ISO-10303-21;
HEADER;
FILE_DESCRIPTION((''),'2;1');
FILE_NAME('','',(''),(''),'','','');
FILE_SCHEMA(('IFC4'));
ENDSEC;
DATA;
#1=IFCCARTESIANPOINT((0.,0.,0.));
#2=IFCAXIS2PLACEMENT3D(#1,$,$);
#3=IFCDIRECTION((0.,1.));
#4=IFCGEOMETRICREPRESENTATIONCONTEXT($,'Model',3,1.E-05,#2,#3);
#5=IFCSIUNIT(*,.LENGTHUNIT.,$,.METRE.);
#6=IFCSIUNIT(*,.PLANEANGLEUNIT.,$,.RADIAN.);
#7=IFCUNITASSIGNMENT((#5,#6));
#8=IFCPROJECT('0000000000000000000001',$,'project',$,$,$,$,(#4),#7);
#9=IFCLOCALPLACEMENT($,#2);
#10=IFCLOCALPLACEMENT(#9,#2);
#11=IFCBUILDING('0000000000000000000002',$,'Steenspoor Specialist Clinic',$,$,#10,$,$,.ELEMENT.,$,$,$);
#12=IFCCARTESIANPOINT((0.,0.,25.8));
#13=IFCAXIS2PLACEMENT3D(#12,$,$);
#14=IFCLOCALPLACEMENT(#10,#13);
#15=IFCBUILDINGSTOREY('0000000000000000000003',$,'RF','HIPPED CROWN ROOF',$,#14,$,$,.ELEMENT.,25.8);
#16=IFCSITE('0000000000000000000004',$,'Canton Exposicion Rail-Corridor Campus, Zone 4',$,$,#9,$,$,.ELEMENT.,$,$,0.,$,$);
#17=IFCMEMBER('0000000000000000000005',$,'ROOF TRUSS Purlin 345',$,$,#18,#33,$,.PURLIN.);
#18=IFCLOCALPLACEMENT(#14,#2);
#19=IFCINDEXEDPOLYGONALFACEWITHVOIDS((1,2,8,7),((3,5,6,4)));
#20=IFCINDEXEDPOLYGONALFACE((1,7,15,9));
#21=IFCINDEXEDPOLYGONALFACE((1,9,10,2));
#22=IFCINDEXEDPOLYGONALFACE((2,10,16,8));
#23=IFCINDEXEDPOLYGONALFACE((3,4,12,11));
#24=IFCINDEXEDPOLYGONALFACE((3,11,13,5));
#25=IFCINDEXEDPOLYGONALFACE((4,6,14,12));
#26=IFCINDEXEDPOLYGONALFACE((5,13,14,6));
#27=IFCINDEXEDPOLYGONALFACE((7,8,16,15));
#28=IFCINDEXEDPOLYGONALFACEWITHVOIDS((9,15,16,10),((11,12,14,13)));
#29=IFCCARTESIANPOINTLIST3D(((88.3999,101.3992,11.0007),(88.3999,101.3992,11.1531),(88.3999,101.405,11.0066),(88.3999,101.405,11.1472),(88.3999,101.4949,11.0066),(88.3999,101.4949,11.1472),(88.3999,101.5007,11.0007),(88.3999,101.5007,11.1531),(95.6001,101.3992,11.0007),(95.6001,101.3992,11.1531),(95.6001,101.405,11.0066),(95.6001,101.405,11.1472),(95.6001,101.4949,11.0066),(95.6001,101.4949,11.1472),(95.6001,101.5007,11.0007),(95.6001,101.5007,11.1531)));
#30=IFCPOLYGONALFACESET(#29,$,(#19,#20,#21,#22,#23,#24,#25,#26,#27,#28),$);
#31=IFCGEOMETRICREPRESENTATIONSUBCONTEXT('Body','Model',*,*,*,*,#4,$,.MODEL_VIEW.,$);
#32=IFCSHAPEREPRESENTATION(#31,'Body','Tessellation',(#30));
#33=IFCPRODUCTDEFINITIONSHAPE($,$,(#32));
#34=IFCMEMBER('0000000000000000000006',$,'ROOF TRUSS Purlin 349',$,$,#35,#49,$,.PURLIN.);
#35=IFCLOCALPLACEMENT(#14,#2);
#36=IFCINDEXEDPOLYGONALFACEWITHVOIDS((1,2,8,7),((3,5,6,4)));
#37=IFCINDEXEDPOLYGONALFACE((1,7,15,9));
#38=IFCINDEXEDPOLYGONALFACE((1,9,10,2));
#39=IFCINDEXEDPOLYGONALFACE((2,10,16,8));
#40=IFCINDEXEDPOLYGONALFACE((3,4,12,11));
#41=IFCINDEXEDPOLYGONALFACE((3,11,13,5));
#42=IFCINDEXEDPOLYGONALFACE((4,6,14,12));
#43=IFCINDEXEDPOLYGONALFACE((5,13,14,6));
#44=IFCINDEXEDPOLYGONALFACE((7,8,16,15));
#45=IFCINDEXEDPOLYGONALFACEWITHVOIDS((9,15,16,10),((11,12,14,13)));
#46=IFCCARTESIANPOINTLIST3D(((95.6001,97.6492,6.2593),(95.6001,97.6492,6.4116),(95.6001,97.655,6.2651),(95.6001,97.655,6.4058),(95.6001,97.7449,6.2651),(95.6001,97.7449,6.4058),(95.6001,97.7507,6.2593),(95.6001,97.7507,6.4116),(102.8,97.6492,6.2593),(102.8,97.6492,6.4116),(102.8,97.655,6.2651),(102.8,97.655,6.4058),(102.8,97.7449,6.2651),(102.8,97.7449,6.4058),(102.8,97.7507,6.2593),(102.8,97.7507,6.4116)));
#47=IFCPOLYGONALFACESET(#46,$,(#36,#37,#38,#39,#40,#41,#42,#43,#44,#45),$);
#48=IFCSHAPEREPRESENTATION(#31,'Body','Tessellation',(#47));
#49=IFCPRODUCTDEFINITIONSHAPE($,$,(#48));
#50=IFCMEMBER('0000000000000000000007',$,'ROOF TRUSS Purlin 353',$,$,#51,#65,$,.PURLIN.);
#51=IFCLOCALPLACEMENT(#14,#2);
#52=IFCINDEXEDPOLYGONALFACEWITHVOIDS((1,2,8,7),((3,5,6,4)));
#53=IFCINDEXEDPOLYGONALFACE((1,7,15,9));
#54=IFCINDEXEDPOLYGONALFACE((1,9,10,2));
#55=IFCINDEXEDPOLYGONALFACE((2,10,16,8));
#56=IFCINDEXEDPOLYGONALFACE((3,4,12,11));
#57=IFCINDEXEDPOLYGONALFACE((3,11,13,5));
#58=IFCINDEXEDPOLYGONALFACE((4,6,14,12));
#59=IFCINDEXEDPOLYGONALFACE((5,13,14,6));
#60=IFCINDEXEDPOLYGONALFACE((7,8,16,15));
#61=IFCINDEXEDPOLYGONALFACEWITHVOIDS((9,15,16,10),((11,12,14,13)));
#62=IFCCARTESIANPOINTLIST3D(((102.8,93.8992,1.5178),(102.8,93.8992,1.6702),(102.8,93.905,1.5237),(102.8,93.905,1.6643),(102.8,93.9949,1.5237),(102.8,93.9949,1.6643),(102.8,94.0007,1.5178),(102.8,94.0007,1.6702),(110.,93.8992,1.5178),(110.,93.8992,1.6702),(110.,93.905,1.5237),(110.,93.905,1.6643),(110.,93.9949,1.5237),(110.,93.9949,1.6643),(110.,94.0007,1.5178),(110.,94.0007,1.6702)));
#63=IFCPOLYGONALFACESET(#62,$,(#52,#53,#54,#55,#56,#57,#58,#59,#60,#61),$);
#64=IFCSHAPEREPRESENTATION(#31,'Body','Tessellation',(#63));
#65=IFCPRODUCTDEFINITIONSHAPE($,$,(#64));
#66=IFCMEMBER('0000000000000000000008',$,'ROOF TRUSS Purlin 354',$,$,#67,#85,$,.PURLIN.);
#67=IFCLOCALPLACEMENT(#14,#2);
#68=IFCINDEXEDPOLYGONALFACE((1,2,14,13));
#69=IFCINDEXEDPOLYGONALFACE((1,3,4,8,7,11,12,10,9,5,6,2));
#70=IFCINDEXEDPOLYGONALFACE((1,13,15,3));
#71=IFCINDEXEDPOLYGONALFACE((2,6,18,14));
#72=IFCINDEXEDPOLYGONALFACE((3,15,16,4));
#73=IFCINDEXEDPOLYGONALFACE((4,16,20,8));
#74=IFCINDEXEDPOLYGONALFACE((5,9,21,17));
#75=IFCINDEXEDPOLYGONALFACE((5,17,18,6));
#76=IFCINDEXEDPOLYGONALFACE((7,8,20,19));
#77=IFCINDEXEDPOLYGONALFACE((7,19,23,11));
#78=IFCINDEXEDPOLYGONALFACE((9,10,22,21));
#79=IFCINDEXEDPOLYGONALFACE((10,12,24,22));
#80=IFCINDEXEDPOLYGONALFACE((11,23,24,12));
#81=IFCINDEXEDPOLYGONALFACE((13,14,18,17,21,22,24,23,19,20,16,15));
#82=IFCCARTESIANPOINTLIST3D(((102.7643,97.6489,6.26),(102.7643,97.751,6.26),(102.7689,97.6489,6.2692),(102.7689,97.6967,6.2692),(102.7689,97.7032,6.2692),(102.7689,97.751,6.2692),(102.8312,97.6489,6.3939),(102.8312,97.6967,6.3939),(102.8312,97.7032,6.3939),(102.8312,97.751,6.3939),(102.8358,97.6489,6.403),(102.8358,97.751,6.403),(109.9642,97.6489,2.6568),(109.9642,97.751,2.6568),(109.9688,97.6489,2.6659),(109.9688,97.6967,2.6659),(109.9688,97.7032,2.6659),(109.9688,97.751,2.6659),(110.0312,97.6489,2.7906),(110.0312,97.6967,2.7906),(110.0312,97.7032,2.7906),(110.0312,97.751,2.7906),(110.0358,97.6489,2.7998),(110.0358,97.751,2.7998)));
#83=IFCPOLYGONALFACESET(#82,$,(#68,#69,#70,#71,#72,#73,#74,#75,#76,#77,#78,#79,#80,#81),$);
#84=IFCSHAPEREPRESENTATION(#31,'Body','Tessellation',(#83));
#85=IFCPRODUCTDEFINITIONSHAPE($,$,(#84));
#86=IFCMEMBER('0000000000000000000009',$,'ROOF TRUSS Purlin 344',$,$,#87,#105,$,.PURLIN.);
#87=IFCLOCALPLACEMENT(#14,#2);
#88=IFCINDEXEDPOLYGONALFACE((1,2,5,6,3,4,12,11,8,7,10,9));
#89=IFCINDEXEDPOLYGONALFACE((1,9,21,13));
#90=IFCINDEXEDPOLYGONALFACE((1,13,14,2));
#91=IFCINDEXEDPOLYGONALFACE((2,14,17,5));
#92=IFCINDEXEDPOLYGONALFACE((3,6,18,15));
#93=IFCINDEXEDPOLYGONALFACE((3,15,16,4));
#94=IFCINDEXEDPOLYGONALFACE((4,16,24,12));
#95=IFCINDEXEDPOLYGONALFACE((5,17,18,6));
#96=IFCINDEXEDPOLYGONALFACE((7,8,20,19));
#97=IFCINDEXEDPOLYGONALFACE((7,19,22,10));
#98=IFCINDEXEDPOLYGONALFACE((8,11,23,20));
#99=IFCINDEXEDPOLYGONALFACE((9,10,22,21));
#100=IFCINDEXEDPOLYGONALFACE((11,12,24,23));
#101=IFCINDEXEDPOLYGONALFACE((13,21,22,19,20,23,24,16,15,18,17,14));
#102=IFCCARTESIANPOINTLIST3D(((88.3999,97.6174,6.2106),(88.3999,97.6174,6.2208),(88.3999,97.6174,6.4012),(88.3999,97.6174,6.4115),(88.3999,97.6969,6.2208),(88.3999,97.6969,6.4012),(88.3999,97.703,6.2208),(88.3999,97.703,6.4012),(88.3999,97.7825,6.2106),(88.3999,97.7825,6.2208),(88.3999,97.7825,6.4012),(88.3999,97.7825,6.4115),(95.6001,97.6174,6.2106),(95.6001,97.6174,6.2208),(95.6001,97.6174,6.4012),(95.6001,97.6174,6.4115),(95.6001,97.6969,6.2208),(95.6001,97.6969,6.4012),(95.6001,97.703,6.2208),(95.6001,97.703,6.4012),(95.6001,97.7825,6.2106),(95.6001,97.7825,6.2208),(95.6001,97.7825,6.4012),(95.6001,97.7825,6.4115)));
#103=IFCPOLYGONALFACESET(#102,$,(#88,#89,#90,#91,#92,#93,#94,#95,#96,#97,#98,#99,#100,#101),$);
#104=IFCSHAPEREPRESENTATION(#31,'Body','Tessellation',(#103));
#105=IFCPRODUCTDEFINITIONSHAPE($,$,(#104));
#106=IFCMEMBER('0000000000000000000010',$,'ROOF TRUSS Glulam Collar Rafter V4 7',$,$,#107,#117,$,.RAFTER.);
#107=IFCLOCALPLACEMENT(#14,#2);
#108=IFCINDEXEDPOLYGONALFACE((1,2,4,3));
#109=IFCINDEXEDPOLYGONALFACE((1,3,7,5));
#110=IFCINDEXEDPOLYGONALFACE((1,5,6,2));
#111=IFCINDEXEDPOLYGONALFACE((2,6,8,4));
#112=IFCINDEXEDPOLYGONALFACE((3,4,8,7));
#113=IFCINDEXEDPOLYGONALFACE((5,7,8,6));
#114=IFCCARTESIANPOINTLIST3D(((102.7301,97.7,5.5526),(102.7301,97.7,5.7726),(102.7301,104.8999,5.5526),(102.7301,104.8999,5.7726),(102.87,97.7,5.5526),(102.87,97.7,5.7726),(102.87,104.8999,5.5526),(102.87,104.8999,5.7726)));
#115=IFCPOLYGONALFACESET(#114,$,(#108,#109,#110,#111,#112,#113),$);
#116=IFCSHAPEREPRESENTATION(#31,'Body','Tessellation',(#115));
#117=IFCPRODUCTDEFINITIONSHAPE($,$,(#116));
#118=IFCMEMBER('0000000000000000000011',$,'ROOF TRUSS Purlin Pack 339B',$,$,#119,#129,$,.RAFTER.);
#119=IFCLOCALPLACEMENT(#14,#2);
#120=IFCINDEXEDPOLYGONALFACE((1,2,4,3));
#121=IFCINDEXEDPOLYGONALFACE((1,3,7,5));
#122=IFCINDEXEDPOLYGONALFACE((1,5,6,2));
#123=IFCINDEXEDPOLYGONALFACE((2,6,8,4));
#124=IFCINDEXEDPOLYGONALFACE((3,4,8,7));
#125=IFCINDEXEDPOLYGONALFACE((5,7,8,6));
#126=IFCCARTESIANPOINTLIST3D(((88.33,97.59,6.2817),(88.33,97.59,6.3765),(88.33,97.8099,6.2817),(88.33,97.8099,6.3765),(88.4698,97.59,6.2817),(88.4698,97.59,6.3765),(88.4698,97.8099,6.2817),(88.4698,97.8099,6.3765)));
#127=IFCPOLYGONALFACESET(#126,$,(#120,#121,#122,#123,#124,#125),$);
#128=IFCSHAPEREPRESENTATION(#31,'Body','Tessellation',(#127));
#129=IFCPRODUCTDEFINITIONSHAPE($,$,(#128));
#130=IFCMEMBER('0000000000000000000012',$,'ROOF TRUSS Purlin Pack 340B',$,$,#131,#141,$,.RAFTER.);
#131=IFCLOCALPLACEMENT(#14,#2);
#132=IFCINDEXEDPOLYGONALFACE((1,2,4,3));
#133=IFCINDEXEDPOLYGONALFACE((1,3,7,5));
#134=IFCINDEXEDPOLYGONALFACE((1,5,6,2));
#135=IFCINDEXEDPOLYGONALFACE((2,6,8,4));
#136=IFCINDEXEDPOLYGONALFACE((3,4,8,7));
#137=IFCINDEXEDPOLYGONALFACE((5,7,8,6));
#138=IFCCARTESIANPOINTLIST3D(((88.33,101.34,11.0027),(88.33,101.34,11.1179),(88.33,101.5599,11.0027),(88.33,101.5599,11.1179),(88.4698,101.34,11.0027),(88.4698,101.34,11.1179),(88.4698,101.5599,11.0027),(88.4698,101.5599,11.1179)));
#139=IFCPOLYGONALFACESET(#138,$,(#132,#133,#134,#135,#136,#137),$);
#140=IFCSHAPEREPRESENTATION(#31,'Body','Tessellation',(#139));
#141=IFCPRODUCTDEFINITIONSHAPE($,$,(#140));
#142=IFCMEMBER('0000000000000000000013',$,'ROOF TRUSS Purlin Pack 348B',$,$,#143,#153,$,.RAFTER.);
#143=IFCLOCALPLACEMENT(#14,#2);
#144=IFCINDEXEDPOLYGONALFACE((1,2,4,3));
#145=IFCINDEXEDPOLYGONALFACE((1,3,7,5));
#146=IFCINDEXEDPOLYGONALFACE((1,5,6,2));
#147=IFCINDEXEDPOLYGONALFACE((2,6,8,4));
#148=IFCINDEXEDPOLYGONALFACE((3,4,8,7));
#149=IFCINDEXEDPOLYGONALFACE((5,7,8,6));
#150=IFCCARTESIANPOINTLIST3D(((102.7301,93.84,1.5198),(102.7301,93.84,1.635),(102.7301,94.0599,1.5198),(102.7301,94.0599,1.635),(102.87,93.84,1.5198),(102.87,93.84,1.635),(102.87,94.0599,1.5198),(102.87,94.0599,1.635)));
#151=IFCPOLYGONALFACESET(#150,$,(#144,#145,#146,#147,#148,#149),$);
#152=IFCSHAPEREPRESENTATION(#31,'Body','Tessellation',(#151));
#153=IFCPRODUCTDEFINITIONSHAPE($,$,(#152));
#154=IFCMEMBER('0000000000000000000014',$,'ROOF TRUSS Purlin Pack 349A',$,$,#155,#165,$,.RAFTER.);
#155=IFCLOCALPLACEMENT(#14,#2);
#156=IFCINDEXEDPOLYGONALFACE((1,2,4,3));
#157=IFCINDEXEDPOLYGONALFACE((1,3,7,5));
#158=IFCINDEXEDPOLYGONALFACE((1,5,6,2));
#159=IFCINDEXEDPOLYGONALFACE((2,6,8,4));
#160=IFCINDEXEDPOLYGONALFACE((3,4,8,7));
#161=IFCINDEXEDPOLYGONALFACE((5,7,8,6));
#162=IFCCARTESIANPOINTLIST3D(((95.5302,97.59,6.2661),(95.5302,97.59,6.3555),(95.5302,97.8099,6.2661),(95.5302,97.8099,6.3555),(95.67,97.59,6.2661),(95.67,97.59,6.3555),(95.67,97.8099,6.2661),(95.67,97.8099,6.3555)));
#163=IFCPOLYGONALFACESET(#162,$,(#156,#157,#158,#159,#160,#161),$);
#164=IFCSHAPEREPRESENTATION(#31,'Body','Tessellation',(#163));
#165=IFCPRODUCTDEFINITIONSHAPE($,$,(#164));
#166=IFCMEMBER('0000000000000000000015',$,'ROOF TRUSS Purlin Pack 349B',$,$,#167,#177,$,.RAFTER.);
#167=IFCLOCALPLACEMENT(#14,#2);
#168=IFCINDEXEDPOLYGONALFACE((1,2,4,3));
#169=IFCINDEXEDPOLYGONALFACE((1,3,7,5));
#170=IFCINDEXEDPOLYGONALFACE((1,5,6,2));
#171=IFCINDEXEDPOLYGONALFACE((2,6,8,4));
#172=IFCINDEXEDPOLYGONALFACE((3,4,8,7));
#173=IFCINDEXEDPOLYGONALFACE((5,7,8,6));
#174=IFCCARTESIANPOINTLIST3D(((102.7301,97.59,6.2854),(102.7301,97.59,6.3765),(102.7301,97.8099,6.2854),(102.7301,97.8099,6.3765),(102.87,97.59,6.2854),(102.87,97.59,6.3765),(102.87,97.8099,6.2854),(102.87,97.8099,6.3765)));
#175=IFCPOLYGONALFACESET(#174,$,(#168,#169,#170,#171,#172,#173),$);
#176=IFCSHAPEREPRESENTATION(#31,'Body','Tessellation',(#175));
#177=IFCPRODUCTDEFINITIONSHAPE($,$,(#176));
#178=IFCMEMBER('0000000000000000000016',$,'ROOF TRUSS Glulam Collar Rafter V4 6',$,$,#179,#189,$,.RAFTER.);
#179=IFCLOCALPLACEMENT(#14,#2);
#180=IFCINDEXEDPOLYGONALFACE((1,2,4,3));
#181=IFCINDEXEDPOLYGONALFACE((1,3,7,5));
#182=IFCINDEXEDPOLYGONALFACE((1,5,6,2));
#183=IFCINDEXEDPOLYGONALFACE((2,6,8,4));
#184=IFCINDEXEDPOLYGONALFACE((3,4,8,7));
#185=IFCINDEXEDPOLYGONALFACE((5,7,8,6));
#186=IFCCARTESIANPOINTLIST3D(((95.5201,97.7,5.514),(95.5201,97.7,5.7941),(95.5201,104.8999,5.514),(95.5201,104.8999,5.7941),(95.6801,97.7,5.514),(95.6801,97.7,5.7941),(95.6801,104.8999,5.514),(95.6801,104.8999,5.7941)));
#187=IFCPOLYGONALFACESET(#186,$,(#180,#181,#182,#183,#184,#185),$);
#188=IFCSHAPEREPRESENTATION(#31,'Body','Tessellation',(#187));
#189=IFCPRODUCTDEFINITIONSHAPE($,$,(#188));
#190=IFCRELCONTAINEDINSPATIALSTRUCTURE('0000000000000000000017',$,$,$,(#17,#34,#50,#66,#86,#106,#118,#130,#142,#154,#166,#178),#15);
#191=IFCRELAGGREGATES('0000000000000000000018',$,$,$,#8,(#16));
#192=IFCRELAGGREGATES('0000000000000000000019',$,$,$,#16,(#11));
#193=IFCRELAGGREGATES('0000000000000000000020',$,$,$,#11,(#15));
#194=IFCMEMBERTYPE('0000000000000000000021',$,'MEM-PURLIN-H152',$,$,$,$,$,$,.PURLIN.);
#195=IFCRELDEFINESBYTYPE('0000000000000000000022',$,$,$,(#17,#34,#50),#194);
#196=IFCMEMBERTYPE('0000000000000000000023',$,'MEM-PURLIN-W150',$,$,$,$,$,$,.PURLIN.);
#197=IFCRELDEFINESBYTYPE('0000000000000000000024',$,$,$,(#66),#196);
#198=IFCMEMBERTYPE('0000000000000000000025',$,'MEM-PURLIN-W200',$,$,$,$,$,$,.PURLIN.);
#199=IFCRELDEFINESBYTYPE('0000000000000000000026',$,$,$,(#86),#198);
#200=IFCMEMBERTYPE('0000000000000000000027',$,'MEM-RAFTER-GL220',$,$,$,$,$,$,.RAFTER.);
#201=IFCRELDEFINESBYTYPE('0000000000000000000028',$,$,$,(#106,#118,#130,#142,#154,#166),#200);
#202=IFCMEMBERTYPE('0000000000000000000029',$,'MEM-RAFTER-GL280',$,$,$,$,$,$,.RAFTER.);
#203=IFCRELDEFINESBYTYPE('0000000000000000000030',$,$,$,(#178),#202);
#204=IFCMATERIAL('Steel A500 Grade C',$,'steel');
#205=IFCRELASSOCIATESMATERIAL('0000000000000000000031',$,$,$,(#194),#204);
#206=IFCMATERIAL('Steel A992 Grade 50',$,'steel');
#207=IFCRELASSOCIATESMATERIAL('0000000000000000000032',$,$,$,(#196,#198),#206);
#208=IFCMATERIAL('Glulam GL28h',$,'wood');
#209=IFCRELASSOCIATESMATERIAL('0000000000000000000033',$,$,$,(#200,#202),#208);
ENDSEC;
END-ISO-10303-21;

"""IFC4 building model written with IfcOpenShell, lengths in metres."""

from ifc_helpers import new_model, si_unit, direction, frame, origin, origin_2d, place, context, subcontext, project, spatial, rectangle, hollow_rectangle, i_section, extrude, material, material_profile, profile_set, type_object, element, save


model = new_model("IFC4")

# Units and contexts
model_context = context("Model", 3, precision=1e-05, world=origin(), true_north=direction((0.0, 1.0)))
body_context = subcontext(model_context, "Body", "Model", "MODEL_VIEW")
ifc_project = project(units=[si_unit("LENGTHUNIT", "METRE"), si_unit("PLANEANGLEUNIT", "RADIAN")], contexts=[model_context])

# Site, building, storey
site_placement = place(None, origin())
site = spatial("IfcSite", under=ifc_project, at=site_placement, Name="Canton Exposicion Rail-Corridor Campus, Zone 4", CompositionType="ELEMENT", RefElevation=0.0)
building_placement = place(site_placement, origin())
building = spatial("IfcBuilding", under=site, at=building_placement, Name="Steenspoor Specialist Clinic", CompositionType="ELEMENT")
storey_placement = place(building_placement, frame((0.0, 0.0, 25.8)))
storey = spatial("IfcBuildingStorey", under=building, at=storey_placement, Name="RF", Description="HIPPED CROWN ROOF", CompositionType="ELEMENT", Elevation=25.8)

# Members
ifc_material_1 = material(Name="Steel A500 Grade C", Category="steel")
ifc_material_2 = material(Name="Steel A992 Grade 50", Category="steel")
ifc_material_profile_1 = material_profile(ifc_material_1, hollow_rectangle(XDim=0.1016, YDim=0.1523, WallThickness=0.0059, at=origin_2d()), Name="HSS152X102X6.4")
ifc_profile_set_1 = profile_set([ifc_material_profile_1], Name="Steel A500 Grade C")
member_type_1 = type_object("IfcMemberType", Name="MEM-PURLIN-H152", PredefinedType="PURLIN", material=ifc_profile_set_1)
member_1_placement = place(storey_placement, frame((88.3999, 101.45, 11.0769), z_axis=(1.0, 0.0, 0.0), x_axis=(0.0, 1.0, 0.0)))
element("IfcMember", 1, at=member_1_placement, inside=storey, type_object=member_type_1, Name="ROOF TRUSS Purlin 345", PredefinedType="PURLIN", context=body_context, shape_type="SweptSolid", body=[
    extrude(hollow_rectangle(XDim=0.1016, YDim=0.1523, WallThickness=0.0059, at=origin_2d()), origin(), (0.0, 0.0, 1.0), 7.2002),
])
for number, where, z_axis, x_axis, name in (
    (2, (95.6001, 97.7, 6.3354), (1.0, 0.0, 0.0), (0.0, 1.0, 0.0), "ROOF TRUSS Purlin 349"),
    (3, (102.8, 93.95, 1.594), (1.0, 0.0, 0.0), (0.0, 1.0, 0.0), "ROOF TRUSS Purlin 353"),
):
    element("IfcMember", number, at=place(storey_placement, frame(where, z_axis=z_axis, x_axis=x_axis)), inside=storey, type_object=member_type_1, Name=name, PredefinedType="PURLIN", context=body_context, shape_type="SweptSolid", body=[
        extrude(hollow_rectangle(XDim=0.1016, YDim=0.1523, WallThickness=0.0059, at=origin_2d()), origin(), (0.0, 0.0, 1.0), 7.2),
    ])
ifc_material_profile_2 = material_profile(ifc_material_2, i_section(OverallWidth=0.1021, OverallDepth=0.1599, WebThickness=0.0066, FlangeThickness=0.0103, at=origin_2d()), Name="W150X24")
ifc_profile_set_2 = profile_set([ifc_material_profile_2], Name="Steel A992 Grade 50")
member_type_2 = type_object("IfcMemberType", Name="MEM-PURLIN-W150", PredefinedType="PURLIN", material=ifc_profile_set_2)
member_2_placement = place(storey_placement, frame((102.8, 97.7, 6.3315), z_axis=(0.894263, 0.0, -0.447541), x_axis=(0.0, 1.0, 0.0)))
element("IfcMember", 4, at=member_2_placement, inside=storey, type_object=member_type_2, Name="ROOF TRUSS Purlin 354", PredefinedType="PURLIN", context=body_context, shape_type="SweptSolid", body=[
    extrude(i_section(OverallWidth=0.1021, OverallDepth=0.1599, WebThickness=0.0066, FlangeThickness=0.0103, at=origin_2d()), origin(), (0.0, 0.0, 1.0), 8.0513),
])
ifc_material_profile_3 = material_profile(ifc_material_2, i_section(OverallWidth=0.165, OverallDepth=0.2009, WebThickness=0.0061, FlangeThickness=0.0103, at=origin_2d()), Name="W200X36")
ifc_profile_set_3 = profile_set([ifc_material_profile_3], Name="Steel A992 Grade 50")
member_type_3 = type_object("IfcMemberType", Name="MEM-PURLIN-W200", PredefinedType="PURLIN", material=ifc_profile_set_3)
member_3_placement = place(storey_placement, frame((88.3999, 97.7, 6.311), z_axis=(1.0, 0.0, 0.0), x_axis=(0.0, 1.0, 0.0)))
element("IfcMember", 5, at=member_3_placement, inside=storey, type_object=member_type_3, Name="ROOF TRUSS Purlin 344", PredefinedType="PURLIN", context=body_context, shape_type="SweptSolid", body=[
    extrude(i_section(OverallWidth=0.165, OverallDepth=0.2009, WebThickness=0.0061, FlangeThickness=0.0103, at=origin_2d()), origin(), (0.0, 0.0, 1.0), 7.2002),
])
ifc_material_3 = material(Name="Glulam GL28h", Category="wood")
ifc_material_profile_4 = material_profile(ifc_material_3, rectangle(XDim=0.1399, YDim=0.22, at=origin_2d()), Name="GL28H-140X220")
ifc_profile_set_4 = profile_set([ifc_material_profile_4], Name="Glulam GL28h")
member_type_4 = type_object("IfcMemberType", Name="MEM-RAFTER-GL220", PredefinedType="RAFTER", material=ifc_profile_set_4)
member_4_placement = place(storey_placement, frame((102.8, 97.7, 5.6626), z_axis=(0.0, 1.0, 0.0), x_axis=(-1.0, 0.0, 0.0)))
element("IfcMember", 6, at=member_4_placement, inside=storey, type_object=member_type_4, Name="ROOF TRUSS Glulam Collar Rafter V4 7", PredefinedType="RAFTER", context=body_context, shape_type="SweptSolid", body=[
    extrude(rectangle(XDim=0.1399, YDim=0.22, at=origin_2d()), origin(), (0.0, 0.0, 1.0), 7.2),
])
member_5_placement = place(storey_placement, frame((88.3999, 97.7, 6.2817), z_axis=(0.0, 0.0, 1.0), x_axis=(1.0, 0.0, 0.0)))
element("IfcMember", 7, at=member_5_placement, inside=storey, type_object=member_type_4, Name="ROOF TRUSS Purlin Pack 339B", PredefinedType="RAFTER", context=body_context, shape_type="SweptSolid", body=[
    extrude(rectangle(XDim=0.1399, YDim=0.22, at=origin_2d()), origin(), (0.0, 0.0, 1.0), 0.0947),
])
for number, where, z_axis, x_axis, name in (
    (8, (88.3999, 101.45, 11.0027), (0.0, 0.0, 1.0), (1.0, 0.0, 0.0), "ROOF TRUSS Purlin Pack 340B"),
    (9, (102.8, 93.95, 1.5198), (0.0, 0.0, 1.0), (1.0, 0.0, 0.0), "ROOF TRUSS Purlin Pack 348B"),
):
    element("IfcMember", number, at=place(storey_placement, frame(where, z_axis=z_axis, x_axis=x_axis)), inside=storey, type_object=member_type_4, Name=name, PredefinedType="RAFTER", context=body_context, shape_type="SweptSolid", body=[
        extrude(rectangle(XDim=0.1399, YDim=0.22, at=origin_2d()), origin(), (0.0, 0.0, 1.0), 0.1152),
    ])
member_6_placement = place(storey_placement, frame((95.6001, 97.7, 6.2661), z_axis=(0.0, 0.0, 1.0), x_axis=(1.0, 0.0, 0.0)))
element("IfcMember", 10, at=member_6_placement, inside=storey, type_object=member_type_4, Name="ROOF TRUSS Purlin Pack 349A", PredefinedType="RAFTER", context=body_context, shape_type="SweptSolid", body=[
    extrude(rectangle(XDim=0.1399, YDim=0.22, at=origin_2d()), origin(), (0.0, 0.0, 1.0), 0.0894),
])
member_7_placement = place(storey_placement, frame((102.8, 97.7, 6.2854), z_axis=(0.0, 0.0, 1.0), x_axis=(1.0, 0.0, 0.0)))
element("IfcMember", 11, at=member_7_placement, inside=storey, type_object=member_type_4, Name="ROOF TRUSS Purlin Pack 349B", PredefinedType="RAFTER", context=body_context, shape_type="SweptSolid", body=[
    extrude(rectangle(XDim=0.1399, YDim=0.22, at=origin_2d()), origin(), (0.0, 0.0, 1.0), 0.0911),
])
ifc_material_profile_5 = material_profile(ifc_material_3, rectangle(XDim=0.1599, YDim=0.28, at=origin_2d()), Name="GL28H-160X280")
ifc_profile_set_5 = profile_set([ifc_material_profile_5], Name="Glulam GL28h")
member_type_5 = type_object("IfcMemberType", Name="MEM-RAFTER-GL280", PredefinedType="RAFTER", material=ifc_profile_set_5)
member_8_placement = place(storey_placement, frame((95.6001, 97.7, 5.6541), z_axis=(0.0, 1.0, 0.0), x_axis=(-1.0, 0.0, 0.0)))
element("IfcMember", 12, at=member_8_placement, inside=storey, type_object=member_type_5, Name="ROOF TRUSS Glulam Collar Rafter V4 6", PredefinedType="RAFTER", context=body_context, shape_type="SweptSolid", body=[
    extrude(rectangle(XDim=0.1599, YDim=0.28, at=origin_2d()), origin(), (0.0, 0.0, 1.0), 7.2),
])

save(model, "model.ifc")
